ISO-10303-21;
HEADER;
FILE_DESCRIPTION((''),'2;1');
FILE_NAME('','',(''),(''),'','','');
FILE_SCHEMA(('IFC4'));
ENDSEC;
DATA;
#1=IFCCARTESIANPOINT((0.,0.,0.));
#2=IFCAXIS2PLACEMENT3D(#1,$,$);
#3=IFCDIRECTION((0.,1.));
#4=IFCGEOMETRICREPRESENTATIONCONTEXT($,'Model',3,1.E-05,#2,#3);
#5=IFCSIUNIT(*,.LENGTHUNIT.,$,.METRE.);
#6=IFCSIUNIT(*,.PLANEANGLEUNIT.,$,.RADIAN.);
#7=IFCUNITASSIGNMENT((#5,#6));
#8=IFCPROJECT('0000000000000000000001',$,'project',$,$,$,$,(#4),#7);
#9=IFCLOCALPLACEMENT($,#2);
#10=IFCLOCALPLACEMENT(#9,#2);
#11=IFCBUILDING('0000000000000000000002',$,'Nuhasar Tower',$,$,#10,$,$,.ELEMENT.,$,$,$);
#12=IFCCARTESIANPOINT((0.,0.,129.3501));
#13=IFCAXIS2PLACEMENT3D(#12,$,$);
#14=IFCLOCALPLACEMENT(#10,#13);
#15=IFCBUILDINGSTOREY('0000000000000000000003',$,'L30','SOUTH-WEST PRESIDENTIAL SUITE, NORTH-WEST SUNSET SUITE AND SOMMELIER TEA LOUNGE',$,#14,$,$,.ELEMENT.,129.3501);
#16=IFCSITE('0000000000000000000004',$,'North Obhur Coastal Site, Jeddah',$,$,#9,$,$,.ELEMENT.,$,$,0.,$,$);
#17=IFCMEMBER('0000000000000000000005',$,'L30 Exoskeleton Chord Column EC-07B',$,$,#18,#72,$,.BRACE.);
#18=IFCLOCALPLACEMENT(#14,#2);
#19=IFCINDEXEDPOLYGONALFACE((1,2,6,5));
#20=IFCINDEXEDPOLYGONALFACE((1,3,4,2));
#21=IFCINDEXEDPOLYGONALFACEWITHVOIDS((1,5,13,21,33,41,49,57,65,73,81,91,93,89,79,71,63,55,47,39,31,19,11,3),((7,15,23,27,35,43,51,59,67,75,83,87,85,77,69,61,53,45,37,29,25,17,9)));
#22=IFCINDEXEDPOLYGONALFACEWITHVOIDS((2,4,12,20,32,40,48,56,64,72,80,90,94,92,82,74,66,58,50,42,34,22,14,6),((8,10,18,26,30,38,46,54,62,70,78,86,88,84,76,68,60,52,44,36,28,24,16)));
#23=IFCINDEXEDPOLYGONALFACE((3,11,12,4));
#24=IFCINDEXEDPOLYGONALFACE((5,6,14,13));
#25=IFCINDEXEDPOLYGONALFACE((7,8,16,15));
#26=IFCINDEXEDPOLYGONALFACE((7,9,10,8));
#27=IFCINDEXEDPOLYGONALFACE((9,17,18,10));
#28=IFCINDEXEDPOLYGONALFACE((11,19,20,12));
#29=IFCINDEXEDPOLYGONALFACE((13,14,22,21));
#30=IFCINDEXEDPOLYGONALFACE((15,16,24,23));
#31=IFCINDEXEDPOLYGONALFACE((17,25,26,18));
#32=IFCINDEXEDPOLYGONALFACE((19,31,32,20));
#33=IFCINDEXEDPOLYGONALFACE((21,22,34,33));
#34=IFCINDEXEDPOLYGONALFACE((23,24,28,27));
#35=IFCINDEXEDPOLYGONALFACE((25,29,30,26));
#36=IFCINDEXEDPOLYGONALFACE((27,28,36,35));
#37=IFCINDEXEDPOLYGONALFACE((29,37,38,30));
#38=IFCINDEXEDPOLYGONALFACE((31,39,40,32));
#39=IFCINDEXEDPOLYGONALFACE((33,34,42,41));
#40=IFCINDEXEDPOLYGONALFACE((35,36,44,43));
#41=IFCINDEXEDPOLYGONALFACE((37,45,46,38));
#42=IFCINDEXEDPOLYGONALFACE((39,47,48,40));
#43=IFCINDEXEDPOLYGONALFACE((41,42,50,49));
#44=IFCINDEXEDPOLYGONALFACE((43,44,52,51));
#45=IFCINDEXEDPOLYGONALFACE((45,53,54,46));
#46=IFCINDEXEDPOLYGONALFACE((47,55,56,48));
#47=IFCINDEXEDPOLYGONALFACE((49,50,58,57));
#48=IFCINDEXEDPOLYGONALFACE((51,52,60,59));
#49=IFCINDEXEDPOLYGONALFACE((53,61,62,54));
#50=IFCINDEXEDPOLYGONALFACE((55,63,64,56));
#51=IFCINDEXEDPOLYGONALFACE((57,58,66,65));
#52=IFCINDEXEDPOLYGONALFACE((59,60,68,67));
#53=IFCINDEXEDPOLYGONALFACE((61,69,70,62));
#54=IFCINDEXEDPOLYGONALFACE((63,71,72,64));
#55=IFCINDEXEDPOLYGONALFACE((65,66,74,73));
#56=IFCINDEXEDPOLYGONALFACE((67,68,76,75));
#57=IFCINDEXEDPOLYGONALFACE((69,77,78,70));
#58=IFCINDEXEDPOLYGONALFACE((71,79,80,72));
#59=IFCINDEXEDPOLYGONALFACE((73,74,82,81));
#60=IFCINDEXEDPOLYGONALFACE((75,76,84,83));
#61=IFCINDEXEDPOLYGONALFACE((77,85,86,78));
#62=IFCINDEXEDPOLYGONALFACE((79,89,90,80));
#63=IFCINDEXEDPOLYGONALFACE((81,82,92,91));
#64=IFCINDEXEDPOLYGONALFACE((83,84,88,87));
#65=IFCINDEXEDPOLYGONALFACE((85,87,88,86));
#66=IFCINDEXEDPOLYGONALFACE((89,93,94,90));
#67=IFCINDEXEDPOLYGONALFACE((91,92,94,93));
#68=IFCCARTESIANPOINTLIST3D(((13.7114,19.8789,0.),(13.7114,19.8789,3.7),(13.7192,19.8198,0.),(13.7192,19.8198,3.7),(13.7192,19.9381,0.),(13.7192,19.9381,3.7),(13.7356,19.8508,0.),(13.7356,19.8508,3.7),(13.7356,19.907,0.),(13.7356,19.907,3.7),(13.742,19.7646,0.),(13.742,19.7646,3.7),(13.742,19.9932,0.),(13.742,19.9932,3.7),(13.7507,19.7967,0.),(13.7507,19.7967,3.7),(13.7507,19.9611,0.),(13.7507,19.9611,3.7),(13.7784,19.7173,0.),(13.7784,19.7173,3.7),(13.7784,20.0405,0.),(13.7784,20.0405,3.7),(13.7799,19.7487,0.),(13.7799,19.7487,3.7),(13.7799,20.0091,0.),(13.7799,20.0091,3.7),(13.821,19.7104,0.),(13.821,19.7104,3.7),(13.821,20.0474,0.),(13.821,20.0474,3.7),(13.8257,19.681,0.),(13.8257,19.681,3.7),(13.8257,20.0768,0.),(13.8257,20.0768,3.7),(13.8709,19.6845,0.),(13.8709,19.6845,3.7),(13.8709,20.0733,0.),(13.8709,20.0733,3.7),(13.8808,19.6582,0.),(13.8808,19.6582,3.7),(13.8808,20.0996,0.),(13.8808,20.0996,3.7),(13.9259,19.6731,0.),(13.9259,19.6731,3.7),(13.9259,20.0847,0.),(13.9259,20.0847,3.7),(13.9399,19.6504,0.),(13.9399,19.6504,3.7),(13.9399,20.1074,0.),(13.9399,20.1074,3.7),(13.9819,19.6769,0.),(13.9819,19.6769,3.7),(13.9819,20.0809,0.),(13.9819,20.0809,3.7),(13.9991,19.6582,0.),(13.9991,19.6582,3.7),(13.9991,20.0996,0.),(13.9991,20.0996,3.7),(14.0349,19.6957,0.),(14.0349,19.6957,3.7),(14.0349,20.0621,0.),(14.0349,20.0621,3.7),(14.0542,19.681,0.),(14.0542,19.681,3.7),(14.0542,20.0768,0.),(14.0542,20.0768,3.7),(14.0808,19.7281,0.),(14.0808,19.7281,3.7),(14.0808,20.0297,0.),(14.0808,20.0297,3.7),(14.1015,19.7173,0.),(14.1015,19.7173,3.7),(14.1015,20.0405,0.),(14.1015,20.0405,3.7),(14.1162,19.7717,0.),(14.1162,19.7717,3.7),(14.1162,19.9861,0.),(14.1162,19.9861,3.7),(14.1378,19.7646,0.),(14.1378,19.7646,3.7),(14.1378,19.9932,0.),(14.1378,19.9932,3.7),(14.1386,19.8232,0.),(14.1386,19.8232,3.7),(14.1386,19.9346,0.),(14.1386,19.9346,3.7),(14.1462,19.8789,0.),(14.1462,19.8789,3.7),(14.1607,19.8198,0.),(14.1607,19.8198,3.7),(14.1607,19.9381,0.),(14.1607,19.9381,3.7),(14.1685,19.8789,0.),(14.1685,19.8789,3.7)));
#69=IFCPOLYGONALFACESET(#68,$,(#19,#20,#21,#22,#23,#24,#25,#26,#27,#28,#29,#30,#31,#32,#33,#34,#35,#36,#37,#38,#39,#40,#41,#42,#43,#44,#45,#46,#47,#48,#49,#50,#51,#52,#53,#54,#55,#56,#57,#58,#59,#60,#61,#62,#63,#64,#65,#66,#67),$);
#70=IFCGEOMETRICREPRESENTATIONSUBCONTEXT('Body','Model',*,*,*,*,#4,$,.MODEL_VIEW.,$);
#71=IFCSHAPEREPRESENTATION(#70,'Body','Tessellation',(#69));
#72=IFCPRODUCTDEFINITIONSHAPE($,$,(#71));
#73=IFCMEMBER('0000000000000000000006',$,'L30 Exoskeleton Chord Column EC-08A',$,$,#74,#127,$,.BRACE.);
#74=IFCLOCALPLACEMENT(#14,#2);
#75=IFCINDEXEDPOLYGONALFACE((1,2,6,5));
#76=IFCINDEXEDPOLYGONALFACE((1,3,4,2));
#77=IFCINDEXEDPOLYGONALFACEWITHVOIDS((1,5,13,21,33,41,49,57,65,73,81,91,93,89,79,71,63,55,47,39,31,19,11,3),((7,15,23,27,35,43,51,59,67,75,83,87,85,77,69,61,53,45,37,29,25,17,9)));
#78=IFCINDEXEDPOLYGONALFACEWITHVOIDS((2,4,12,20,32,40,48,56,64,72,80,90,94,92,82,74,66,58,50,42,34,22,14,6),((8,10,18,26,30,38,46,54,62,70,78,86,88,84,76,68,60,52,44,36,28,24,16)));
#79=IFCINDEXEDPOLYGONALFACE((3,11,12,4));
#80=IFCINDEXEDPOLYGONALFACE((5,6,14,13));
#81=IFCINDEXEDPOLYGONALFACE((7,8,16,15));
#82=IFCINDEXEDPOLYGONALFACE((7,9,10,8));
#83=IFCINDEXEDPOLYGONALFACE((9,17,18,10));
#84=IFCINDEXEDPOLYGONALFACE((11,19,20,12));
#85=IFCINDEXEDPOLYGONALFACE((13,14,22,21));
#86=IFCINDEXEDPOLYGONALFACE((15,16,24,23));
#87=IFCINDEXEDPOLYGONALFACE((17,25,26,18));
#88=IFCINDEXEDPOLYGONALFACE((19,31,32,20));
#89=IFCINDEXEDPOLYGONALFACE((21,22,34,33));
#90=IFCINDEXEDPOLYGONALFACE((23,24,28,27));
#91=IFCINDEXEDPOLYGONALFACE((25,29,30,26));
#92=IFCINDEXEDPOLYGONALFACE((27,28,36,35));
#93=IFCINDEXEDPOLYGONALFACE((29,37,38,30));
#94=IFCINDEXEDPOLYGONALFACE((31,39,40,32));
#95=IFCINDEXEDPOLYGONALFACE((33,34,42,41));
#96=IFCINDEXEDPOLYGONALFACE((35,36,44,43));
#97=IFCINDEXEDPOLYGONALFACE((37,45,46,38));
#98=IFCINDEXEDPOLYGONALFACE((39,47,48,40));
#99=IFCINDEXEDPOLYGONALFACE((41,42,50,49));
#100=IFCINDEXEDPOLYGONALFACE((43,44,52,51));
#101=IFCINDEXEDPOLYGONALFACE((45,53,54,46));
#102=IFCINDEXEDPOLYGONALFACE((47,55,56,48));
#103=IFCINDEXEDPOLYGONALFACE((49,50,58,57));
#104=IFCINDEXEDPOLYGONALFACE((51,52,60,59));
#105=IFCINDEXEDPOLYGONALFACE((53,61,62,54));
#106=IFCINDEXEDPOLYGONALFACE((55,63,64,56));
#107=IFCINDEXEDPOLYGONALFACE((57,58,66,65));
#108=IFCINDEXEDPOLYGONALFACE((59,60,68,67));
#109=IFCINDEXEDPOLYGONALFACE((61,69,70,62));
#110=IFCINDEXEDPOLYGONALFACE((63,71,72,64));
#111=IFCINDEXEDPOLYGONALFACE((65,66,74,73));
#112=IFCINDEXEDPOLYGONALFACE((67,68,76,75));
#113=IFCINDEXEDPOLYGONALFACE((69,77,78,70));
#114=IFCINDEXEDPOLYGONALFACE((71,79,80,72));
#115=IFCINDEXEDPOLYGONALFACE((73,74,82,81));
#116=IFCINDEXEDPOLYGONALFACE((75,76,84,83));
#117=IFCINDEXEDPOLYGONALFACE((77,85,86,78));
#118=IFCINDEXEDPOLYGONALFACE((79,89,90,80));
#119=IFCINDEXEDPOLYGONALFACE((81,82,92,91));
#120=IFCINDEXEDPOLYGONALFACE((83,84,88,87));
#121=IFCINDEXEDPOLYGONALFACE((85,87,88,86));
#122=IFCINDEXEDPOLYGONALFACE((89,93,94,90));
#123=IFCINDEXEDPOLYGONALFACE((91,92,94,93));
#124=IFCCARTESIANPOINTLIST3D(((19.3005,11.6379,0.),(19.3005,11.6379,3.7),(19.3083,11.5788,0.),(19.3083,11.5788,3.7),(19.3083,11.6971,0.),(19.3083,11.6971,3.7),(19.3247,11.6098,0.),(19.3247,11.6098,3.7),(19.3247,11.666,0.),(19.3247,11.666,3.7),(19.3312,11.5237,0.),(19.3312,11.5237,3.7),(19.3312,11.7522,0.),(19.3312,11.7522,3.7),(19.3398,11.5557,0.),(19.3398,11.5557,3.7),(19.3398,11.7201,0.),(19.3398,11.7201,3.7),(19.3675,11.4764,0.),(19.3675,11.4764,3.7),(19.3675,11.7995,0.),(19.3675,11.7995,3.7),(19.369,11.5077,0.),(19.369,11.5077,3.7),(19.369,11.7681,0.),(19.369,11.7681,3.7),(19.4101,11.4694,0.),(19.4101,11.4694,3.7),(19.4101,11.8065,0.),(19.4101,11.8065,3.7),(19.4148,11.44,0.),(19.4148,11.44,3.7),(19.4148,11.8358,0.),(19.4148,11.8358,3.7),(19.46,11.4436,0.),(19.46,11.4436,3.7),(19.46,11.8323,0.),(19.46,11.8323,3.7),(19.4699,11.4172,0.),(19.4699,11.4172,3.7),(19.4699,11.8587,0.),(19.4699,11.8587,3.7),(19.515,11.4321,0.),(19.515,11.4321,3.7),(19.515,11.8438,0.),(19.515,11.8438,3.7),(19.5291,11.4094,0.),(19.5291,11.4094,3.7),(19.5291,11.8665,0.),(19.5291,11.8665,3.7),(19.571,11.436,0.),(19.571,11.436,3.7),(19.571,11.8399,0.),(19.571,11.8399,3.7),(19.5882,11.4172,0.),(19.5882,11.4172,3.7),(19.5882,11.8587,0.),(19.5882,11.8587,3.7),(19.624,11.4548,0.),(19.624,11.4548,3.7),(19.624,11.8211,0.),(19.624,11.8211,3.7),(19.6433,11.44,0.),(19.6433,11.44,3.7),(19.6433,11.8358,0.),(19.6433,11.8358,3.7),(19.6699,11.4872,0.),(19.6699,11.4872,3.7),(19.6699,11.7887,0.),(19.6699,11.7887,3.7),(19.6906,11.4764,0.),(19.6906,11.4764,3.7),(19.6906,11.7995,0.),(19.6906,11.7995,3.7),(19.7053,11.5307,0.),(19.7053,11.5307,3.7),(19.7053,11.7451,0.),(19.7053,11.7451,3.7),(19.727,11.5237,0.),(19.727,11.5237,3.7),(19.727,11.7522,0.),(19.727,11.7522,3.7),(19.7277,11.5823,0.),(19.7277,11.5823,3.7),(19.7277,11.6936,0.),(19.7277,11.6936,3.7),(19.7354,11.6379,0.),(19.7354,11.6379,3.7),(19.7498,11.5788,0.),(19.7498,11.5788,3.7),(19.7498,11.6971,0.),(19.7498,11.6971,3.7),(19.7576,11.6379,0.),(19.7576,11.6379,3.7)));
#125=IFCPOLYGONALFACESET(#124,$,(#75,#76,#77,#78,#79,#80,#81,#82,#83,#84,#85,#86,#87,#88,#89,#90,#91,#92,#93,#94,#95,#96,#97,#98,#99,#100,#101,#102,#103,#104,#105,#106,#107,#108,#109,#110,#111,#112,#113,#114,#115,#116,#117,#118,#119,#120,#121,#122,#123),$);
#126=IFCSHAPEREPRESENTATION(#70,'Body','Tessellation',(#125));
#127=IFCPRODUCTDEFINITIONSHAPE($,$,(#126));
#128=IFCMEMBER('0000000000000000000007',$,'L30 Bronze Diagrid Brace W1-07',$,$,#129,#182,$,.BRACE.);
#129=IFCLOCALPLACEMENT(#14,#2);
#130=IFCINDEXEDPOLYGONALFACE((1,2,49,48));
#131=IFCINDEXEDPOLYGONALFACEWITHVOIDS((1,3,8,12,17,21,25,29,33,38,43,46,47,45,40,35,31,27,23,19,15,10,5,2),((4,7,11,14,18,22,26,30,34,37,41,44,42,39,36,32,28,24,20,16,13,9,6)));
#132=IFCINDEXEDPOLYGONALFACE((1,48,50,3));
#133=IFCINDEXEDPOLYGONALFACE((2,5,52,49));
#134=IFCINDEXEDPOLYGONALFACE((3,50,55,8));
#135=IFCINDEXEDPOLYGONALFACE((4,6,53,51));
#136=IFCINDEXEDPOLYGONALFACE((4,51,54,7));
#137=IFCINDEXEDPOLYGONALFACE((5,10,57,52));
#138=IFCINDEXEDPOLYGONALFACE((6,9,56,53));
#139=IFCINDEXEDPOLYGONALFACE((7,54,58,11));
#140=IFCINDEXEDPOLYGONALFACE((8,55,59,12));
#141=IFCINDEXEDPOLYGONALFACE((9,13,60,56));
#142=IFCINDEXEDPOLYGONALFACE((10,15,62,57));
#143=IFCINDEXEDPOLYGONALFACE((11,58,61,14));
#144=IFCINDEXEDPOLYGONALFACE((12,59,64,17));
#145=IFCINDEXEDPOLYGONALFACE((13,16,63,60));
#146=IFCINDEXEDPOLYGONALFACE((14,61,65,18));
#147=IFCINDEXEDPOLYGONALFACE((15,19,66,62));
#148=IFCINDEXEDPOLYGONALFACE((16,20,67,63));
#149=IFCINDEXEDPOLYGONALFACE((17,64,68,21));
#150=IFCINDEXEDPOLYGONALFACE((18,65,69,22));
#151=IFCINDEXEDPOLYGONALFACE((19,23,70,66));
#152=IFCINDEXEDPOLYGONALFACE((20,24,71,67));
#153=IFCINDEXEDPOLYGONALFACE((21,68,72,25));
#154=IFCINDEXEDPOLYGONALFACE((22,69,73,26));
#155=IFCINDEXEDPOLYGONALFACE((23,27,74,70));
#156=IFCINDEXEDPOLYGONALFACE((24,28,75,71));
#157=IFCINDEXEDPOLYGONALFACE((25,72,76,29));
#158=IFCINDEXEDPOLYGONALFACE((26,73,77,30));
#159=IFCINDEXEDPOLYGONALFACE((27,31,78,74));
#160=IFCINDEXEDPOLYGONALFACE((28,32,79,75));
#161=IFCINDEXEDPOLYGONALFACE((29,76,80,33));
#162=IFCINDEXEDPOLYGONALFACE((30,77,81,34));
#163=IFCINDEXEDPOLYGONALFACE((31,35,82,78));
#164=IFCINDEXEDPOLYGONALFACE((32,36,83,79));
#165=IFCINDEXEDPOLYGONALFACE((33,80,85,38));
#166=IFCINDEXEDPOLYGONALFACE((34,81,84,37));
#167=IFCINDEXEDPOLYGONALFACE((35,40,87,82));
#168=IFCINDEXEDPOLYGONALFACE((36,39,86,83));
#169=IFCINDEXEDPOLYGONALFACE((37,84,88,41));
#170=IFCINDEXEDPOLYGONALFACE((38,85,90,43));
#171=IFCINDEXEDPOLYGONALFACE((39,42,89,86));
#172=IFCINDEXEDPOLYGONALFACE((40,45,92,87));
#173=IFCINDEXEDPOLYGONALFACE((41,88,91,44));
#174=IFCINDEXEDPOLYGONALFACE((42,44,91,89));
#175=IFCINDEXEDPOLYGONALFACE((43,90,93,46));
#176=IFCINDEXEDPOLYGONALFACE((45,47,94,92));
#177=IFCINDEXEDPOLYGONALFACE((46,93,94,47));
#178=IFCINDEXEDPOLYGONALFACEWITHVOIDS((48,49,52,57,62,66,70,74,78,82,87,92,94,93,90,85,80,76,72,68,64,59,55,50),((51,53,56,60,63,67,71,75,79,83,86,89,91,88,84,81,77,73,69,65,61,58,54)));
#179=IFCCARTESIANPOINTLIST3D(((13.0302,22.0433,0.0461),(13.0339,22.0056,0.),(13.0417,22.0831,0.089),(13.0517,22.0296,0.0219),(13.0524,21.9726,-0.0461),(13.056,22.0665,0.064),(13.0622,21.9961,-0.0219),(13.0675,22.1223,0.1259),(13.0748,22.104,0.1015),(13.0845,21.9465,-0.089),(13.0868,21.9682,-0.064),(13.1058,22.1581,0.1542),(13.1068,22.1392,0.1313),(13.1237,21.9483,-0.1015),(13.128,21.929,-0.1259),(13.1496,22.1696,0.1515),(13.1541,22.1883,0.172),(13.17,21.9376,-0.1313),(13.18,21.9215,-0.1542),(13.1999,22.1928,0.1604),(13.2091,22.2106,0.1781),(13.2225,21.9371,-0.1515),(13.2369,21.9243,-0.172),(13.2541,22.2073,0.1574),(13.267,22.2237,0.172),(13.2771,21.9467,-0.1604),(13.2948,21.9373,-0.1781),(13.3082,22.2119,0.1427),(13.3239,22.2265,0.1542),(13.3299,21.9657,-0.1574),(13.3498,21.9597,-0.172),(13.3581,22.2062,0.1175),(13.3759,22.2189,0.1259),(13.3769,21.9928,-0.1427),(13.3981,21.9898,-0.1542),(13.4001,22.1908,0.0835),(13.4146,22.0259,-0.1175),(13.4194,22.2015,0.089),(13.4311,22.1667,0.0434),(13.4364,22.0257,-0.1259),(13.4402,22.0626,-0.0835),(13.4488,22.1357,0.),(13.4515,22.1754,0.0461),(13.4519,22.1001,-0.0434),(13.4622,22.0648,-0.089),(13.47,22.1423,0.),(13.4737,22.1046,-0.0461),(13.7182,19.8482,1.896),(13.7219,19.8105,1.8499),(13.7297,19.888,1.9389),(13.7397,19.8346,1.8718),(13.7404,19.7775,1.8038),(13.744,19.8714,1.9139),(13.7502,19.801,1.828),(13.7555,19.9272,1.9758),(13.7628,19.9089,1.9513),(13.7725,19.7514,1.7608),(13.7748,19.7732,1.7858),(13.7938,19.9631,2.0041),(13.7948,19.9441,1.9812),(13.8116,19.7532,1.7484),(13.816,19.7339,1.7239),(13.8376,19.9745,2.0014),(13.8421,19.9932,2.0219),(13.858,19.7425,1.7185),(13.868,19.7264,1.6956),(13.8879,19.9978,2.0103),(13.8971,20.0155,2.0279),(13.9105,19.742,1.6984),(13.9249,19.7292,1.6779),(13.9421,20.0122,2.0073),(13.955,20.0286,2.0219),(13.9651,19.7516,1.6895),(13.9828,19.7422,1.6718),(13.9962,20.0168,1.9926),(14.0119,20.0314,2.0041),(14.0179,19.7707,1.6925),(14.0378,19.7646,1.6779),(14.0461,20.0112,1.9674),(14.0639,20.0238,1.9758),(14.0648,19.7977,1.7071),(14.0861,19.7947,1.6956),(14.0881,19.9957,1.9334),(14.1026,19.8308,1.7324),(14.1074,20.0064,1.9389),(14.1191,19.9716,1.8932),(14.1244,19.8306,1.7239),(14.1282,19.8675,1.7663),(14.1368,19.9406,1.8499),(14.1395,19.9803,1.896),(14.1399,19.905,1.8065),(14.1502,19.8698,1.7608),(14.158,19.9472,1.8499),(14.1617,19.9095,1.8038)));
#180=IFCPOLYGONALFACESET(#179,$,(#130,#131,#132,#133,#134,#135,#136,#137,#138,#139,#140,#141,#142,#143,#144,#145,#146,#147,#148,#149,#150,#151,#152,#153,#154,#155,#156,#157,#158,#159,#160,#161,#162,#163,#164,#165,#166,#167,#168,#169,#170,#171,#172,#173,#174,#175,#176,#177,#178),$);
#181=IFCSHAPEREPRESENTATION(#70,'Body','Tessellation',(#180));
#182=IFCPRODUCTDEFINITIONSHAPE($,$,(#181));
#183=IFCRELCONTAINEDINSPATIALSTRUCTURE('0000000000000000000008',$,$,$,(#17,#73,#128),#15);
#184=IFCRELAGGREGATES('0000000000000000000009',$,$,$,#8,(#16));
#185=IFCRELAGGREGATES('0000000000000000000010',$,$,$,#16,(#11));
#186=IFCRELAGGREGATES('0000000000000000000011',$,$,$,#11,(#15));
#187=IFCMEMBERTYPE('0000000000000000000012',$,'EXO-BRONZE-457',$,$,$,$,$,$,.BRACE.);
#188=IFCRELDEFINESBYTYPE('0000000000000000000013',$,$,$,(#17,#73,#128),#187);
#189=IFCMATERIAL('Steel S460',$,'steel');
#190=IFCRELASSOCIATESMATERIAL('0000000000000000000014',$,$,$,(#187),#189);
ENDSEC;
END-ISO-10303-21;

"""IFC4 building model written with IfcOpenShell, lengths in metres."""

from ifc_helpers import new_model, si_unit, direction, frame, origin, origin_2d, place, context, subcontext, project, spatial, hollow_circle, extrude, material, material_profile, profile_set, type_object, element, save


model = new_model("IFC4")

# Units and contexts
model_context = context("Model", 3, precision=1e-05, world=origin(), true_north=direction((0.0, 1.0)))
body_context = subcontext(model_context, "Body", "Model", "MODEL_VIEW")
ifc_project = project(units=[si_unit("LENGTHUNIT", "METRE"), si_unit("PLANEANGLEUNIT", "RADIAN")], contexts=[model_context])

# Site, building, storey
site_placement = place(None, origin())
site = spatial("IfcSite", under=ifc_project, at=site_placement, Name="North Obhur Coastal Site, Jeddah", CompositionType="ELEMENT", RefElevation=0.0)
building_placement = place(site_placement, origin())
building = spatial("IfcBuilding", under=site, at=building_placement, Name="Nuhasar Tower", CompositionType="ELEMENT")
storey_placement = place(building_placement, frame((0.0, 0.0, 129.3501)))
storey = spatial("IfcBuildingStorey", under=building, at=storey_placement, Name="L30", Description="SOUTH-WEST PRESIDENTIAL SUITE, NORTH-WEST SUNSET SUITE AND SOMMELIER TEA LOUNGE", CompositionType="ELEMENT", Elevation=129.3501)

# Members
ifc_material_1 = material(Name="Steel S460", Category="steel")
ifc_material_profile_1 = material_profile(ifc_material_1, hollow_circle(Radius=0.2285, WallThickness=0.0222, at=origin_2d()), Name="HSS457X22.2")
ifc_profile_set_1 = profile_set([ifc_material_profile_1], Name="Steel S460")
member_type_1 = type_object("IfcMemberType", Name="EXO-BRONZE-457", PredefinedType="BRACE", material=ifc_profile_set_1)
for number, where, z_axis, x_axis, name in (
    (1, (13.9399, 19.8789, 0.0), (0.0, 0.0, 1.0), (1.0, 0.0, 0.0), "L30 Exoskeleton Chord Column EC-07B"),
    (2, (19.5291, 11.6379, 0.0), (0.0, 0.0, 1.0), (1.0, 0.0, 0.0), "L30 Exoskeleton Chord Column EC-08A"),
):
    element("IfcMember", number, at=place(storey_placement, frame(where, z_axis=z_axis, x_axis=x_axis)), inside=storey, type_object=member_type_1, Name=name, PredefinedType="BRACE", context=body_context, shape_type="SweptSolid", body=[
        extrude(hollow_circle(Radius=0.2285, WallThickness=0.0222, at=origin_2d()), origin(), (0.0, 0.0, 1.0), 3.7),
    ])
member_1_placement = place(storey_placement, frame((13.252, 22.074, 0.0), z_axis=(0.233068, -0.743616, 0.626669), x_axis=(0.954228, 0.299079, 0.0)))
element("IfcMember", 3, at=member_1_placement, inside=storey, type_object=member_type_1, Name="L30 Bronze Diagrid Brace W1-07", PredefinedType="BRACE", context=body_context, shape_type="SweptSolid", body=[
    extrude(hollow_circle(Radius=0.2285, WallThickness=0.0222, at=origin_2d()), origin(), (0.0, 0.0, 1.0), 2.9519),
])

save(model, "model.ifc")
